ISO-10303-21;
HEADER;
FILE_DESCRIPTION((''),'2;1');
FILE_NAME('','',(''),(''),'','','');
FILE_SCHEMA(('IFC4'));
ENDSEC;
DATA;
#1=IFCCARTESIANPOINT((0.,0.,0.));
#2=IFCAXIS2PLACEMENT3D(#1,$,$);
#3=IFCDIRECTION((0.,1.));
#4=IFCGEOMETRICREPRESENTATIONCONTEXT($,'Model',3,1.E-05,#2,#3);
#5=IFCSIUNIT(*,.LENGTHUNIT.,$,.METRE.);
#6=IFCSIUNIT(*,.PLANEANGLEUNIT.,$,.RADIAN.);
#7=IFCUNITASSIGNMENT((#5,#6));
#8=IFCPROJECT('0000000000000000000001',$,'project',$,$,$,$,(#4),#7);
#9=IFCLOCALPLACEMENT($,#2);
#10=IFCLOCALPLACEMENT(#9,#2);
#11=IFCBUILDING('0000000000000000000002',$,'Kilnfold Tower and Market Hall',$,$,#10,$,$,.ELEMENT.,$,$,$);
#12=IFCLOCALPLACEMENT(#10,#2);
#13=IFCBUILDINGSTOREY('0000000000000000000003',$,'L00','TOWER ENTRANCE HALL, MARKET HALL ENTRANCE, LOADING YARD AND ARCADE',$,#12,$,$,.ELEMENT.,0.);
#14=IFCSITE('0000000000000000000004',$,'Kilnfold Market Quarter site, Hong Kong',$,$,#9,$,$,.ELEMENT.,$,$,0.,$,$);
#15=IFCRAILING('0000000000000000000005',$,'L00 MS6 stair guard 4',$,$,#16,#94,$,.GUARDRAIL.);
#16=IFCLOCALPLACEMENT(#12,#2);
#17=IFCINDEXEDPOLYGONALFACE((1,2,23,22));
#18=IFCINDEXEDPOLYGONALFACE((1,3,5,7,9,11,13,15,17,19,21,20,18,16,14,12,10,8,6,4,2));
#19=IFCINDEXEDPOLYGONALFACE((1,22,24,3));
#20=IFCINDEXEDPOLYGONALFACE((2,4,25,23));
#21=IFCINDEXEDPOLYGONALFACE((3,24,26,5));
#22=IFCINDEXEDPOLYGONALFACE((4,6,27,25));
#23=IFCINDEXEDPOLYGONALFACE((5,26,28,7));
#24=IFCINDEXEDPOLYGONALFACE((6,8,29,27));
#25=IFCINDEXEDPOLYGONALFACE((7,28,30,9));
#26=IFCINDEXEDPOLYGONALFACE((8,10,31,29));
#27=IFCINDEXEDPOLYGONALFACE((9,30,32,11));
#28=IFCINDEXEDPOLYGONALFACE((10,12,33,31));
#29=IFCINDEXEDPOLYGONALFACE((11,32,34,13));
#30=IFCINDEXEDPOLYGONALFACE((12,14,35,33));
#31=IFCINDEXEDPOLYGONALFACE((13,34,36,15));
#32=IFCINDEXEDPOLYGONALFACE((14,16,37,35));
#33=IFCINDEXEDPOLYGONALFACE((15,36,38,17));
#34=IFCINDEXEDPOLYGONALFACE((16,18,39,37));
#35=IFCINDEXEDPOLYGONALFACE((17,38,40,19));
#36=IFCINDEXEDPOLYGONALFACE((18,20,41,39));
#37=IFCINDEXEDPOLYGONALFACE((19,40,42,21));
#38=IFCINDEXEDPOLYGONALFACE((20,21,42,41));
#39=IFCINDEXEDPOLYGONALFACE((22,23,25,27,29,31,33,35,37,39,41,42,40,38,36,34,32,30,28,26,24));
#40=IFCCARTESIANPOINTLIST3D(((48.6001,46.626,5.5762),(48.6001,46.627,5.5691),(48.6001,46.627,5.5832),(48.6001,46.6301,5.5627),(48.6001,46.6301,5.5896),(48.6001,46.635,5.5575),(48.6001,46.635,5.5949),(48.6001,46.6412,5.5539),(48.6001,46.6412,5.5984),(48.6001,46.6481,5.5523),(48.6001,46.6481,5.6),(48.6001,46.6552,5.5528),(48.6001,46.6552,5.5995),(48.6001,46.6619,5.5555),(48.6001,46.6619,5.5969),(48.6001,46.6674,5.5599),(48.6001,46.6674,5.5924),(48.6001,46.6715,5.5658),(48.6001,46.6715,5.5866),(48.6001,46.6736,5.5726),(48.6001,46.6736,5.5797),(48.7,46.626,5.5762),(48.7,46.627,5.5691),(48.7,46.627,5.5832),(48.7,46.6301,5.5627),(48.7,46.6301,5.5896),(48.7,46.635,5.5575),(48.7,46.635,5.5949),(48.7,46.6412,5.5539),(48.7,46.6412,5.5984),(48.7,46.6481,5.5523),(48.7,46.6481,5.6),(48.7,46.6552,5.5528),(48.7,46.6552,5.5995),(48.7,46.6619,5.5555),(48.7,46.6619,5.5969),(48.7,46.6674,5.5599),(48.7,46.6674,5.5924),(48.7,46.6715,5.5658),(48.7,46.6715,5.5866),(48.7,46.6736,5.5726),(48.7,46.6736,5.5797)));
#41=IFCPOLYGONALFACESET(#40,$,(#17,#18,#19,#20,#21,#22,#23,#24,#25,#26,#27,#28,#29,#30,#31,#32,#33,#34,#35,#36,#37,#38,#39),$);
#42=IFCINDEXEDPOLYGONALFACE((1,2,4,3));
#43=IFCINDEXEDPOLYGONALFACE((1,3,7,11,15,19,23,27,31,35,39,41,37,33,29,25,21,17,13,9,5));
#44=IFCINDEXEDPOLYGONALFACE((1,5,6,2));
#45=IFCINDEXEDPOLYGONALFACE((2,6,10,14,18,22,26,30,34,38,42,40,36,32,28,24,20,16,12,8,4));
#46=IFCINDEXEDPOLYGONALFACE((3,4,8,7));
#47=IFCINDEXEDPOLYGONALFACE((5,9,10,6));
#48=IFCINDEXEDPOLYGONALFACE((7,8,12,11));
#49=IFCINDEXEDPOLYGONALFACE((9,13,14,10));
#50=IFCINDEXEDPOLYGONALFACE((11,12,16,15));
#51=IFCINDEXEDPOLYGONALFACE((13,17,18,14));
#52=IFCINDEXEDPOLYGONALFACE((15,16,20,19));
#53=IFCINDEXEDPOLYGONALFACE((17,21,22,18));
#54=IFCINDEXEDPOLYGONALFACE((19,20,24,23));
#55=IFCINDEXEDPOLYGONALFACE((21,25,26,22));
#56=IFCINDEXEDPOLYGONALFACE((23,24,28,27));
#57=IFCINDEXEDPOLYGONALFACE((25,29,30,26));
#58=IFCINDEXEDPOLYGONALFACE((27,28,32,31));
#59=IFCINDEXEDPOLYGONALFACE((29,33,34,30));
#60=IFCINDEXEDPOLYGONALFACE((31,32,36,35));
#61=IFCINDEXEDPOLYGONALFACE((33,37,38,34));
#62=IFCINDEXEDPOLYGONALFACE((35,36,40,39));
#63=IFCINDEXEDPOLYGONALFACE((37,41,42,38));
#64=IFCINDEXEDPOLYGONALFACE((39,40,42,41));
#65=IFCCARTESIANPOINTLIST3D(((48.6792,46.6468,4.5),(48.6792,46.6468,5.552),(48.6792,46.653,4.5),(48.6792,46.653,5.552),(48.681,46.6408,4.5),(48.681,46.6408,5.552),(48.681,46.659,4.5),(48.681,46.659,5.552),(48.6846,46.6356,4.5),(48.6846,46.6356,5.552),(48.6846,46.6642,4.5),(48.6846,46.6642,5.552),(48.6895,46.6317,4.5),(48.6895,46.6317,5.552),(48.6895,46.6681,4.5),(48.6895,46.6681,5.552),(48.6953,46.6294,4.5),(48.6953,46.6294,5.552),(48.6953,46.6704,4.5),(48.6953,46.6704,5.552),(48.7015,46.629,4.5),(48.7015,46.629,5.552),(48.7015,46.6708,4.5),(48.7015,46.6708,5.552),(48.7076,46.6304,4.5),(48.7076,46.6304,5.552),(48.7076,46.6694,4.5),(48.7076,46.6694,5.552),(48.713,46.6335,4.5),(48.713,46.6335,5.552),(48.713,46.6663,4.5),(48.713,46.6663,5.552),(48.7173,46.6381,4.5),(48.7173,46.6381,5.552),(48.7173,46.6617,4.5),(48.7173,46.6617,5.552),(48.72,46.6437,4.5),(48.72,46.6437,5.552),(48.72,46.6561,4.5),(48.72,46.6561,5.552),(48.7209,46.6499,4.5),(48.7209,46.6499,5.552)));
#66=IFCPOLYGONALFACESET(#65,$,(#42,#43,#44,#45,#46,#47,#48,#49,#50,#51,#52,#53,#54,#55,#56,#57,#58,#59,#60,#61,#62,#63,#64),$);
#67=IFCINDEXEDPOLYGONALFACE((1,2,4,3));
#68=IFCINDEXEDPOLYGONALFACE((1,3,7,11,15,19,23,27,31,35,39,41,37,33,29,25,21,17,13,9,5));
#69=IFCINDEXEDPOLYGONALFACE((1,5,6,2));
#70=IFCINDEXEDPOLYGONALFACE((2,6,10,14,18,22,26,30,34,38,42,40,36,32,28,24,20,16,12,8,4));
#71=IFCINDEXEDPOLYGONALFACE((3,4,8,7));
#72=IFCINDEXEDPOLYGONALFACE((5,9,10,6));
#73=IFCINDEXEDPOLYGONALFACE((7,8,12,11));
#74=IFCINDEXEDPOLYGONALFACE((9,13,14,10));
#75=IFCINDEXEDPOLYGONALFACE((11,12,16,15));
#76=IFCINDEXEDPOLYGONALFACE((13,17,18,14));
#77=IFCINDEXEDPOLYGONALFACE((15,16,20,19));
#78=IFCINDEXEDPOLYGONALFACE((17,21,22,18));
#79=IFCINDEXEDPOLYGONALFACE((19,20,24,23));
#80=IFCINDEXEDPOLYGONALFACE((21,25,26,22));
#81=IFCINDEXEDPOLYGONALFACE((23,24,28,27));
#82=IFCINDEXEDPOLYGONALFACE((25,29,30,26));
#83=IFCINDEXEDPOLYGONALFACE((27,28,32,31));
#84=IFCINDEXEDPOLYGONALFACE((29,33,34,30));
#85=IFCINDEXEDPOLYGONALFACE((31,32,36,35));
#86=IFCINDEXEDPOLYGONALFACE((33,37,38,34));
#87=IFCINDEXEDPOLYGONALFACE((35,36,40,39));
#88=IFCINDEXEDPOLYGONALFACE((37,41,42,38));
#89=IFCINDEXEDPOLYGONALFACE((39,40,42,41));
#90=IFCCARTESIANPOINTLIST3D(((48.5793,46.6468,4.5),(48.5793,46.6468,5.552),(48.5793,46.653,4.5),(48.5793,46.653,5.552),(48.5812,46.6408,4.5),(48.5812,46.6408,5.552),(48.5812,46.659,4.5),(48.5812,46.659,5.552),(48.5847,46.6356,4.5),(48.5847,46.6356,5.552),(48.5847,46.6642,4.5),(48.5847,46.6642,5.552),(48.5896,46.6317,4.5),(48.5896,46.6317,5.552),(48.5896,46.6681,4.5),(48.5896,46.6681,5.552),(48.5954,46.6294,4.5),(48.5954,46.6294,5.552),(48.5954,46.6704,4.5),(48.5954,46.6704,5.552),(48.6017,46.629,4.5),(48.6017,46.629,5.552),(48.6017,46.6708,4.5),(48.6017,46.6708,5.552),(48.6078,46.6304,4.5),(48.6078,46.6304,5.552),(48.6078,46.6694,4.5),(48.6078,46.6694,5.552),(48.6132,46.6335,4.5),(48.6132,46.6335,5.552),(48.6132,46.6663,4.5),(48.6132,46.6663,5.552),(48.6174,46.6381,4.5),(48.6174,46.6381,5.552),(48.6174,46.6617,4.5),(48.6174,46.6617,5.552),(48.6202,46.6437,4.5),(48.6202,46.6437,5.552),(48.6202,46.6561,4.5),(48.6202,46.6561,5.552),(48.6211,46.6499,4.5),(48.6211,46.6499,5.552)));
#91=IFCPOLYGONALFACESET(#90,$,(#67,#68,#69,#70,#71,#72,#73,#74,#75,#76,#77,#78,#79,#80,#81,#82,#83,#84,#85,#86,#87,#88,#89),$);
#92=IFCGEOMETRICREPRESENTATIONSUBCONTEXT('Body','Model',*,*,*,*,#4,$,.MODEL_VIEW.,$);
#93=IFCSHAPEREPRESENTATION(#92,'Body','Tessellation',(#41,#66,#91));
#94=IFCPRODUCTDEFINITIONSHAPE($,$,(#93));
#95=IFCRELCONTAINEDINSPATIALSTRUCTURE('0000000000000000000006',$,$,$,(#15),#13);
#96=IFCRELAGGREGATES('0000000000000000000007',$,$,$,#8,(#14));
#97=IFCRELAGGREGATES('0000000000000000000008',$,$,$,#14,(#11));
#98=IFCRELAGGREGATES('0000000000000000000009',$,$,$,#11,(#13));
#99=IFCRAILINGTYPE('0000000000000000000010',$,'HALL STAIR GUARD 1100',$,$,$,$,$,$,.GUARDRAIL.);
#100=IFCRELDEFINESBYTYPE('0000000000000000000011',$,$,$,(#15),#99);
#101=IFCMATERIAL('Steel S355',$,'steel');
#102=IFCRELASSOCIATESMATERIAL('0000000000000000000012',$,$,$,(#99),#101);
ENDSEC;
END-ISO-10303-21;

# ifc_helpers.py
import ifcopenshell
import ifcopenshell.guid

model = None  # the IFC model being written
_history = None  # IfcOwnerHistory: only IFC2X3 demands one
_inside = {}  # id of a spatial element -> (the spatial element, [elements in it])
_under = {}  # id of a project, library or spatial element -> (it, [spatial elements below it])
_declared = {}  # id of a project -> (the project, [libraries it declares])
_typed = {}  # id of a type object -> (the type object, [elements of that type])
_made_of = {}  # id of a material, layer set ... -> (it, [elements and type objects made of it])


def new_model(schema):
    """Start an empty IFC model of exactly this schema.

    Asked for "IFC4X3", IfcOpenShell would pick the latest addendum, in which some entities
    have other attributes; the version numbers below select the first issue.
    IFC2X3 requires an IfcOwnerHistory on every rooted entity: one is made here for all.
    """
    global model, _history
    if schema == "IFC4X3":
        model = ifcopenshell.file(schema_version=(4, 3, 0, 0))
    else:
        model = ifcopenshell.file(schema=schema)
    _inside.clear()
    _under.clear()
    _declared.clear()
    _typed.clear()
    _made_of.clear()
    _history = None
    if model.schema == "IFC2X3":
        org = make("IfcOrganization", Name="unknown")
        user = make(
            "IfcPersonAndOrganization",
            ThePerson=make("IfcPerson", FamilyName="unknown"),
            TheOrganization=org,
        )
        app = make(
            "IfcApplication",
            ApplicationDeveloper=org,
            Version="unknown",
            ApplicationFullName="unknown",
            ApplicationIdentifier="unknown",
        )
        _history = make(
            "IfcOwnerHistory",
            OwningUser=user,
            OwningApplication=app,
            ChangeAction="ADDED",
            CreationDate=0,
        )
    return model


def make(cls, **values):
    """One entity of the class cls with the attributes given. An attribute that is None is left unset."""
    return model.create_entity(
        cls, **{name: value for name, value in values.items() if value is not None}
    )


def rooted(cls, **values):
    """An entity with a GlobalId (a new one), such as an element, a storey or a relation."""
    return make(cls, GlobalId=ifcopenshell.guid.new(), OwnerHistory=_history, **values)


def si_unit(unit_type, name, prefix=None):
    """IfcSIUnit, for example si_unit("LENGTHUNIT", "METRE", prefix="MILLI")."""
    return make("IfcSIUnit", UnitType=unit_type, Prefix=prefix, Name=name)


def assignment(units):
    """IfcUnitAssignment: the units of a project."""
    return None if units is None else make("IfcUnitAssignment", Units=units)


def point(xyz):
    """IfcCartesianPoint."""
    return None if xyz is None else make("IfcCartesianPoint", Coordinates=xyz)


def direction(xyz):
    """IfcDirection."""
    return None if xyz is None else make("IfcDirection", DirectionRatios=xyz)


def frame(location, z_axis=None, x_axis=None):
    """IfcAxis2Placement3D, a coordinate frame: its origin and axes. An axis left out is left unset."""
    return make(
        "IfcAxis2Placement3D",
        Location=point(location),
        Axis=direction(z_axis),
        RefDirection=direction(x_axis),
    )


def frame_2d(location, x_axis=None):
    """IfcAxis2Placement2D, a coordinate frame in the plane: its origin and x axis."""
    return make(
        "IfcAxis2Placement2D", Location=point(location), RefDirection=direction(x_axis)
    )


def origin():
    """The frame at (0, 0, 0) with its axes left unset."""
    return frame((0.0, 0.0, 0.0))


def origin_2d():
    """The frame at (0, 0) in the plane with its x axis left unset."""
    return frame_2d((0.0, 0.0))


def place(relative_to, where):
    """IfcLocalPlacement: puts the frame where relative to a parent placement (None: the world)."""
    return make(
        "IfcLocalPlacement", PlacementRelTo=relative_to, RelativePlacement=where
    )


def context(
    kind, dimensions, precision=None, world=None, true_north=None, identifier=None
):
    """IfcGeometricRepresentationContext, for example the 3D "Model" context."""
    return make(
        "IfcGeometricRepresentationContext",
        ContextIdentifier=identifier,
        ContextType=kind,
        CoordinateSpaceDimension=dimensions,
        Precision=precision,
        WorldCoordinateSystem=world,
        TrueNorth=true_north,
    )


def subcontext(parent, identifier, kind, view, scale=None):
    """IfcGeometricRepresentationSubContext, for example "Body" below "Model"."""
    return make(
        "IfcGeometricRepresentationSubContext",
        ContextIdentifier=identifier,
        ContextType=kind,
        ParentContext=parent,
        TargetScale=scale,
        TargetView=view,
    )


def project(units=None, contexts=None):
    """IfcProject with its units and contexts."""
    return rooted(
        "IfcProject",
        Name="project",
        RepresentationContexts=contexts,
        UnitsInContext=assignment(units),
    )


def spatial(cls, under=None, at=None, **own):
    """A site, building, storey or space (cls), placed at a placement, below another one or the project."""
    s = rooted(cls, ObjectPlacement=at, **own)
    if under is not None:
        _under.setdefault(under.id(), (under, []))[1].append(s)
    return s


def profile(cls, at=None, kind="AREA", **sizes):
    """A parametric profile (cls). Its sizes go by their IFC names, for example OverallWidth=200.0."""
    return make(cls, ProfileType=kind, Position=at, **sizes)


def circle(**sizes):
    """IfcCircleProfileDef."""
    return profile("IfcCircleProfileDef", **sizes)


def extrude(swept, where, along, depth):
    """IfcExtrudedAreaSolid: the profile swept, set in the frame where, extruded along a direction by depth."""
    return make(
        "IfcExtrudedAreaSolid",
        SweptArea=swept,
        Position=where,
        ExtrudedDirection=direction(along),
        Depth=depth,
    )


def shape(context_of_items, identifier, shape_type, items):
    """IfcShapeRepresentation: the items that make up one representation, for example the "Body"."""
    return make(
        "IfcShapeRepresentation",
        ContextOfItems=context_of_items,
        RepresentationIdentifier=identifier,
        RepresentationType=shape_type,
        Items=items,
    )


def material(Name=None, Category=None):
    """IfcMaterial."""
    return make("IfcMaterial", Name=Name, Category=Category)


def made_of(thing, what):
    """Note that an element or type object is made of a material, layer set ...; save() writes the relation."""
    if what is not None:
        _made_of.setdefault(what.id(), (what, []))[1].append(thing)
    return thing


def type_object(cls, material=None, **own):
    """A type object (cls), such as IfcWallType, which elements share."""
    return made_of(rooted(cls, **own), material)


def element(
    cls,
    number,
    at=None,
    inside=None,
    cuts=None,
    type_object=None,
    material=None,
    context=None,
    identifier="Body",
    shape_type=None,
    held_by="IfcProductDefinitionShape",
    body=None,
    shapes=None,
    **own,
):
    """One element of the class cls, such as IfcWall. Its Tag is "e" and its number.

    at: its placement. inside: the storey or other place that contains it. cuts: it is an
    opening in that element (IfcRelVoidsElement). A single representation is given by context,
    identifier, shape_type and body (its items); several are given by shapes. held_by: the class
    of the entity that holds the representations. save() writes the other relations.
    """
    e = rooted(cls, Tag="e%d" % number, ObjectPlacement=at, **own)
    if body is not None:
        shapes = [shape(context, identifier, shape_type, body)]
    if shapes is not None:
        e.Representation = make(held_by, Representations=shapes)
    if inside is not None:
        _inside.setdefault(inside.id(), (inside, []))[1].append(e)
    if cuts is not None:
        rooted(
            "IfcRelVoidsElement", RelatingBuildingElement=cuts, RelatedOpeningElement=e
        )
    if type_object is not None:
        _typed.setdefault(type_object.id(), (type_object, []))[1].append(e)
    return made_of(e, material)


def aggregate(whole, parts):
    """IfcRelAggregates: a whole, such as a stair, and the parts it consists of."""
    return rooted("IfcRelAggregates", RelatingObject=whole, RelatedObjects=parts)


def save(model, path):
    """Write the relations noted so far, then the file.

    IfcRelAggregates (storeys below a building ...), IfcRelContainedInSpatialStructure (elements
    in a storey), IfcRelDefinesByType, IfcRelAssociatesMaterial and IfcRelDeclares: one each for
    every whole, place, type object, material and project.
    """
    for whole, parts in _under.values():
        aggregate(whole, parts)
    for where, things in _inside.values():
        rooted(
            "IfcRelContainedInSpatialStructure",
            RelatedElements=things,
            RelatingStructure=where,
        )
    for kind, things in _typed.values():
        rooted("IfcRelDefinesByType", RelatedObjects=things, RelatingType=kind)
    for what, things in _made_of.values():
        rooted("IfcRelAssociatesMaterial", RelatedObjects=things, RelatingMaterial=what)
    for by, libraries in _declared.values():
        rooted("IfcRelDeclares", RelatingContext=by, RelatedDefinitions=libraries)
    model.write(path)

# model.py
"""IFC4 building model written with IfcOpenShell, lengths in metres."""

from ifc_helpers import new_model, si_unit, direction, frame, origin, origin_2d, place, context, subcontext, project, spatial, circle, extrude, material, type_object, element, save


model = new_model("IFC4")

# Units and contexts
model_context = context("Model", 3, precision=1e-05, world=origin(), true_north=direction((0.0, 1.0)))
body_context = subcontext(model_context, "Body", "Model", "MODEL_VIEW")
ifc_project = project(units=[si_unit("LENGTHUNIT", "METRE"), si_unit("PLANEANGLEUNIT", "RADIAN")], contexts=[model_context])

# Site, building, storey
site_placement = place(None, origin())
site = spatial("IfcSite", under=ifc_project, at=site_placement, Name="Kilnfold Market Quarter site, Hong Kong", CompositionType="ELEMENT", RefElevation=0.0)
building_placement = place(site_placement, origin())
building = spatial("IfcBuilding", under=site, at=building_placement, Name="Kilnfold Tower and Market Hall", CompositionType="ELEMENT")
storey_placement = place(building_placement, origin())
storey = spatial("IfcBuildingStorey", under=building, at=storey_placement, Name="L00", Description="TOWER ENTRANCE HALL, MARKET HALL ENTRANCE, LOADING YARD AND ARCADE", CompositionType="ELEMENT", Elevation=0.0)

# Railing
ifc_material_1 = material(Name="Steel S355", Category="steel")
railing_type_1 = type_object("IfcRailingType", Name="HALL STAIR GUARD 1100", PredefinedType="GUARDRAIL", material=ifc_material_1)
railing_1_placement = place(storey_placement, frame((48.7, 46.6499, 4.5)))
element("IfcRailing", 1, at=railing_1_placement, inside=storey, type_object=railing_type_1, Name="L00 MS6 stair guard 4", PredefinedType="GUARDRAIL", context=body_context, shape_type="SweptSolid", body=[
    extrude(circle(Radius=0.0239, at=origin_2d()), frame((0.0, 0.0, 1.0762), z_axis=(-1.0, 0.0, 0.0), x_axis=(0.0, -1.0, 0.0)), (0.0, 0.0, 1.0), 0.0999),
    extrude(circle(Radius=0.021, at=origin_2d()), origin(), (0.0, 0.0, 1.0), 1.052),
    extrude(circle(Radius=0.021, at=origin_2d()), frame((-0.0999, 0.0, 0.0)), (0.0, 0.0, 1.0), 1.052),
])

save(model, "model.ifc")
